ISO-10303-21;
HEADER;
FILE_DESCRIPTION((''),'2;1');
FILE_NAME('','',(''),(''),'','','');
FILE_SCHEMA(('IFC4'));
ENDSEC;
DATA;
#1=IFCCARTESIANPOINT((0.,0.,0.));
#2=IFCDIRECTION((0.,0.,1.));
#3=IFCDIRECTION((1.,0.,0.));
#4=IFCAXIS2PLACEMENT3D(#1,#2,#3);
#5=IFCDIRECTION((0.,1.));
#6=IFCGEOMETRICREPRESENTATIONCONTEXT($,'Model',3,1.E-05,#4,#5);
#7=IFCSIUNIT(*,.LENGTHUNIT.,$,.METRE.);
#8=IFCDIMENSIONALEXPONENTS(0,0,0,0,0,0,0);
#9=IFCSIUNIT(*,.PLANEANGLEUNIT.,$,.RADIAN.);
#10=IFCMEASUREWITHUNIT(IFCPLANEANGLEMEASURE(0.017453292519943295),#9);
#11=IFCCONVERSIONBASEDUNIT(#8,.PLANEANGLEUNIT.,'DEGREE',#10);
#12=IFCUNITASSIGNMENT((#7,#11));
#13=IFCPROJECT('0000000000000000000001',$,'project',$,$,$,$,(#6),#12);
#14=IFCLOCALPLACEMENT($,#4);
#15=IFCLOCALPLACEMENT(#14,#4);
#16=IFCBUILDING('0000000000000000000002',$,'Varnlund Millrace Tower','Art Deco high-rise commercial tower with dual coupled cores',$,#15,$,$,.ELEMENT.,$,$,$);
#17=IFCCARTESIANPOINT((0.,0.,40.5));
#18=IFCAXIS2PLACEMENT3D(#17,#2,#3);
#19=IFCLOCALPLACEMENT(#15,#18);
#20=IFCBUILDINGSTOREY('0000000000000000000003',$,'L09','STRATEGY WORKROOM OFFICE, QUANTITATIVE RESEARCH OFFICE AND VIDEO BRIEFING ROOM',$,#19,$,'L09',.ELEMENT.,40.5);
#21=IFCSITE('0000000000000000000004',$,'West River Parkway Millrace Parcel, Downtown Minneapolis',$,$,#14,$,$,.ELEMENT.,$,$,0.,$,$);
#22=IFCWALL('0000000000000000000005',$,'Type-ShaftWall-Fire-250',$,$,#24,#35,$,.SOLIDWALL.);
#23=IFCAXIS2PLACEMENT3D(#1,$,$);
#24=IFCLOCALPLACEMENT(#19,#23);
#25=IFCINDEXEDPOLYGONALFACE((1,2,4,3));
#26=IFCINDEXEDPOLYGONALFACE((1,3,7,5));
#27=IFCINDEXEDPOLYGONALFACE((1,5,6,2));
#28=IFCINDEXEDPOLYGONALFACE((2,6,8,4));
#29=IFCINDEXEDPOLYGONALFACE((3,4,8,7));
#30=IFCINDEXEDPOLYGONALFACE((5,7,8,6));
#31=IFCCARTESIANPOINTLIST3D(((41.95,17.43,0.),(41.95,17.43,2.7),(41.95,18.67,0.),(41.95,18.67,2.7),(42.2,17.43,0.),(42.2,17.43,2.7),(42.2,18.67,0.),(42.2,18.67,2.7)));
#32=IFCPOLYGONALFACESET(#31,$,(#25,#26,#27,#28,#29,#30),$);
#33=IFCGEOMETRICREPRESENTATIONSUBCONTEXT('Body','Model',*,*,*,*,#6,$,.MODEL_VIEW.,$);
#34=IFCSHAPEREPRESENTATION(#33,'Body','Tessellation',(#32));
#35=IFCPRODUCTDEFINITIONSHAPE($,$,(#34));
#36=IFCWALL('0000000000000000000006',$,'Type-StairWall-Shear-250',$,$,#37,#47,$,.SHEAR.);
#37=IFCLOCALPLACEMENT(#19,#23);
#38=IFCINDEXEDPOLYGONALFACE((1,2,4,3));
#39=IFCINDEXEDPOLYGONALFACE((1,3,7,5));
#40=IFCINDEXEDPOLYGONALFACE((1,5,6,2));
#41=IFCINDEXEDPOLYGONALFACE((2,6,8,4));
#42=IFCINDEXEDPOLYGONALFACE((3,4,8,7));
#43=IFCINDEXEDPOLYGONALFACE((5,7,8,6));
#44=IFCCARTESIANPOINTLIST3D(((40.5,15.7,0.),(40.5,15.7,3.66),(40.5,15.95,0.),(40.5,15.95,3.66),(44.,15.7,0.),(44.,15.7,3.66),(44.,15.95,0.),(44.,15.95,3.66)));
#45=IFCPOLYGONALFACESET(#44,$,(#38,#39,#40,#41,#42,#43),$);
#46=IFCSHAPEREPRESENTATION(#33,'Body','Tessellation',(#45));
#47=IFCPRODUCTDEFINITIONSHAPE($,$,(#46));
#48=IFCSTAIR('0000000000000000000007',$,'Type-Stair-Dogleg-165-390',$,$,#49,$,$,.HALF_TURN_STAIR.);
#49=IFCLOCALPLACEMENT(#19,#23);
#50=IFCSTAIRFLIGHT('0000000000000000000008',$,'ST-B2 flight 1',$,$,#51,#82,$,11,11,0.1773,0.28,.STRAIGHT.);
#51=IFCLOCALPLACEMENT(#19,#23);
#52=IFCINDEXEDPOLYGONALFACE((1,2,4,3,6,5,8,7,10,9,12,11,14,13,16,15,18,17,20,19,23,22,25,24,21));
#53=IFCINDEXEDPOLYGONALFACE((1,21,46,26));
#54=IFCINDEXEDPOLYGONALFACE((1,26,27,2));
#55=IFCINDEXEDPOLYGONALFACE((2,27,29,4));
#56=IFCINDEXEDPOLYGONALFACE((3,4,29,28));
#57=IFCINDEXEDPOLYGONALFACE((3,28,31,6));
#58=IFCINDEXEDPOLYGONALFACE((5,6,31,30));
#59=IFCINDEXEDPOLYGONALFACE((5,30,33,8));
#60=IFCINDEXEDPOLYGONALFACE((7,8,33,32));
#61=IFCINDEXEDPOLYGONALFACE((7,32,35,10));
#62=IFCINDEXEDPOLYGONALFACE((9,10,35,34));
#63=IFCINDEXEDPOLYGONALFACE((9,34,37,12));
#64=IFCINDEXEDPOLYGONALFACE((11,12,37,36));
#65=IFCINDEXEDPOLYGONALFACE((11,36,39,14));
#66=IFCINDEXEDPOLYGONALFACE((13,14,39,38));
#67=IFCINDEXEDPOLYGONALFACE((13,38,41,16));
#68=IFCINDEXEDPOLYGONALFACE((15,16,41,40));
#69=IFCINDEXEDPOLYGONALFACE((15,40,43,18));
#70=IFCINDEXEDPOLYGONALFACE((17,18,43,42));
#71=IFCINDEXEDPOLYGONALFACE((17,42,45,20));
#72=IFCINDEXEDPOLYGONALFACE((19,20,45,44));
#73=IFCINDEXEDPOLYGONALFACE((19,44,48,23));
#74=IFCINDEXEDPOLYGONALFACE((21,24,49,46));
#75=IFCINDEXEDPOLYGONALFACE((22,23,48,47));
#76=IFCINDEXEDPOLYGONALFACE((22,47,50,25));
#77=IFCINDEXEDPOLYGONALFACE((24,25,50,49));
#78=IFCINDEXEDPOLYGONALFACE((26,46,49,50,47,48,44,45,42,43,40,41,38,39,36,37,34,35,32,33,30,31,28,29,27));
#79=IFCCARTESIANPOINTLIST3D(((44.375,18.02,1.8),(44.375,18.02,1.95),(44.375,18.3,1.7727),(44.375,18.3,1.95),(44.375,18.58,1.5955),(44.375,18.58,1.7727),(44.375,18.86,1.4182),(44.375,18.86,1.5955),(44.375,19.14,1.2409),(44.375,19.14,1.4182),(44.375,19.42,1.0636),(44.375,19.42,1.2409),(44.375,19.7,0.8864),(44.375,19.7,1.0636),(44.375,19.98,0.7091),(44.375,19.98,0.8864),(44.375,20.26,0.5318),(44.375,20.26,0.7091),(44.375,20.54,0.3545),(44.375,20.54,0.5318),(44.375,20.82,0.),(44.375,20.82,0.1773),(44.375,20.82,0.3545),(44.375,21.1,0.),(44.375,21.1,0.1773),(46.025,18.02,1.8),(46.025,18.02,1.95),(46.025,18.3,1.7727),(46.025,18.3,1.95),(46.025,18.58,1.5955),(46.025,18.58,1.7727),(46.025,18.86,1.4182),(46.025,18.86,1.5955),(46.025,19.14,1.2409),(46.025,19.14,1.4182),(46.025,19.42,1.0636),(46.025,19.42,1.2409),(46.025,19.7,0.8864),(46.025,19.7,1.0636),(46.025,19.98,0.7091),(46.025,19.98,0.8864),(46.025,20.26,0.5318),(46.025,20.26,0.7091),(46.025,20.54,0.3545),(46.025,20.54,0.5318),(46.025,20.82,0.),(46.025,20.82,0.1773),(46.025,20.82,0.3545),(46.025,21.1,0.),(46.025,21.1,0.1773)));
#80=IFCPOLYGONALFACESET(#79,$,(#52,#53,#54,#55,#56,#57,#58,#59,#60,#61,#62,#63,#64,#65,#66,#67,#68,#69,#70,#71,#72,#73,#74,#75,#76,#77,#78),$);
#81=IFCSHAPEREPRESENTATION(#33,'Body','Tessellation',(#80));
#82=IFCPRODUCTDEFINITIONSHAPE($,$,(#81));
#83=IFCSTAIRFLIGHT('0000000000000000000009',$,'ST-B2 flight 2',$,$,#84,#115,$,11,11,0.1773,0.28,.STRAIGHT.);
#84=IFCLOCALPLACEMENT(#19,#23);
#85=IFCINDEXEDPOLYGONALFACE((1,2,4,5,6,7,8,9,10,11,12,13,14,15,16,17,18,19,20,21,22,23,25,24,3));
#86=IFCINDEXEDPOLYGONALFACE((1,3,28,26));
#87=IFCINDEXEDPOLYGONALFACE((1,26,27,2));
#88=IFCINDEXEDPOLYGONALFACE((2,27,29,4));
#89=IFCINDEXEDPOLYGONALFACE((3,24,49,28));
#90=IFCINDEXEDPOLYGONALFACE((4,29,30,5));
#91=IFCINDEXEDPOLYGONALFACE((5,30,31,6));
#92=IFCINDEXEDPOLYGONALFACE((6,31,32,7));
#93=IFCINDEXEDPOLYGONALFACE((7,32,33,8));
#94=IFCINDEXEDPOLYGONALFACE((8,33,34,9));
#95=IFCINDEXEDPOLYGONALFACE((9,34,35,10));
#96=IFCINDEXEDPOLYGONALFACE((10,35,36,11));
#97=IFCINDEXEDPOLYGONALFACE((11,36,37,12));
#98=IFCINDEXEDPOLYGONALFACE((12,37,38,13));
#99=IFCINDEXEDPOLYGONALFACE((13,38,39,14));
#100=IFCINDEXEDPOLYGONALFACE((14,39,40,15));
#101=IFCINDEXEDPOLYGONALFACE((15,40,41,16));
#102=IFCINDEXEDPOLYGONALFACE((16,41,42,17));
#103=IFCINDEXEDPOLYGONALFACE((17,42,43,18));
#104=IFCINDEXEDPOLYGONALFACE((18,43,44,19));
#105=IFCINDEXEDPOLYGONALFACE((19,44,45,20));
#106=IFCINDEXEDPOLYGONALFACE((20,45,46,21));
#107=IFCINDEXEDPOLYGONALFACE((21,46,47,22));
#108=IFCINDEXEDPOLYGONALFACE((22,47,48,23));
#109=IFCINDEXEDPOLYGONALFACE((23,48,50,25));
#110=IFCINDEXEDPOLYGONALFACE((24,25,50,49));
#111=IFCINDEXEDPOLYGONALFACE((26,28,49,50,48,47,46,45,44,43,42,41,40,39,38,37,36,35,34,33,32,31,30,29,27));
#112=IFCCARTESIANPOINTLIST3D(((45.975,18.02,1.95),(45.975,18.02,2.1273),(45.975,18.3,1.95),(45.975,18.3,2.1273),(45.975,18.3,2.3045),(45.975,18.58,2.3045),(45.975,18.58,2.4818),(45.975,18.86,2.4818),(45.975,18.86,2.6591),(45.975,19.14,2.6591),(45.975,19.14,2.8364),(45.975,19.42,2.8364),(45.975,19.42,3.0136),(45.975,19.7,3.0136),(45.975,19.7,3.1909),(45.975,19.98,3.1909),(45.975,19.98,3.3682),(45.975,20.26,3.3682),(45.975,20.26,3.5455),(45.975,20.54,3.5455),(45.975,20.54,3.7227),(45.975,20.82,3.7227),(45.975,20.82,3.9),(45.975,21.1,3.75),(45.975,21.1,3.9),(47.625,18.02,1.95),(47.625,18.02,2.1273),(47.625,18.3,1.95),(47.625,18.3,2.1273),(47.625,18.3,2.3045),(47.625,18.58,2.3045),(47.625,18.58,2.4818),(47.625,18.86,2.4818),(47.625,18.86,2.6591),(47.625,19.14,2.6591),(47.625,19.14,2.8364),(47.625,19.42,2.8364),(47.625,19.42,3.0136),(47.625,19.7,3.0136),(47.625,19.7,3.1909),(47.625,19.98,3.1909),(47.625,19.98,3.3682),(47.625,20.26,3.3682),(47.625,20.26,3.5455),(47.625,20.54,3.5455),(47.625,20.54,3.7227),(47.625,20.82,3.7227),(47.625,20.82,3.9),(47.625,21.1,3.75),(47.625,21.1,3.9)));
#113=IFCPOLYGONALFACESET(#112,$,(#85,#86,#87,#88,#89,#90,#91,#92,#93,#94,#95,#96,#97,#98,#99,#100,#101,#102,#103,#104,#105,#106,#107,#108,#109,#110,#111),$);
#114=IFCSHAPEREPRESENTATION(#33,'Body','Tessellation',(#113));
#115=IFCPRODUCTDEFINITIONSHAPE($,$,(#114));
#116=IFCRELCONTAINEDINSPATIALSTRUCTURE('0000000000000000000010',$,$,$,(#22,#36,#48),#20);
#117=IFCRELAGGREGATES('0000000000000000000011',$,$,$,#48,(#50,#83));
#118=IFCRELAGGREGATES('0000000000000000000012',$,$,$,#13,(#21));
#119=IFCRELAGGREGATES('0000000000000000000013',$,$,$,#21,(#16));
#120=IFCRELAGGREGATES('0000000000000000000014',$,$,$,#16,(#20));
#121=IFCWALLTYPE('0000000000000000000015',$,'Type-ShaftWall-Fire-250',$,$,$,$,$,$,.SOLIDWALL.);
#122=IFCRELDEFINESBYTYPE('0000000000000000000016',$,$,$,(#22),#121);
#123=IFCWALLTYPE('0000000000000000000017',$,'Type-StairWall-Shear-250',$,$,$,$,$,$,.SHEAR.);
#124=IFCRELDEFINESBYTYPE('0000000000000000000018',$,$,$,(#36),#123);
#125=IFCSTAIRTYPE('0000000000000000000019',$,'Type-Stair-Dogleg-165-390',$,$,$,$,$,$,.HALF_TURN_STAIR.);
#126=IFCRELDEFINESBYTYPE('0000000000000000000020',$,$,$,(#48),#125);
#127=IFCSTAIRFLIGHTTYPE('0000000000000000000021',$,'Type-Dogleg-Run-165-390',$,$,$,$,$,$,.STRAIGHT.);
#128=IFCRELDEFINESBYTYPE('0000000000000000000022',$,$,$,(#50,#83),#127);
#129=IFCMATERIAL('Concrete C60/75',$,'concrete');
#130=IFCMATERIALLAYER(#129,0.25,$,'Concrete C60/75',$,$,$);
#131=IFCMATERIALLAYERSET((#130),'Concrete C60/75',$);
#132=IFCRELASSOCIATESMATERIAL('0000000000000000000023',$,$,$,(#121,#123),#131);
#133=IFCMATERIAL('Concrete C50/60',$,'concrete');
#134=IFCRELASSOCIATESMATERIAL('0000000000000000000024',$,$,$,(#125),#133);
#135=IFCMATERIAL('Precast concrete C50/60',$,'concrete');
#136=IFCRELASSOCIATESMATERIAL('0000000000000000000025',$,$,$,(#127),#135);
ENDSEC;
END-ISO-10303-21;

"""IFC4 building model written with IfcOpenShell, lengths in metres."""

from ifc_helpers import new_model, entity, si_unit, converted_unit, direction, frame, origin_with_axes, place, context, subcontext, project, spatial, polyline, outline, extrude, material, layer, layer_set, type_object, element, aggregate, save


model = new_model("IFC4")

# Units and contexts
model_context = context("Model", 3, precision=1e-05, world=origin_with_axes(), true_north=direction((0.0, 1.0)))
body_context = subcontext(model_context, "Body", "Model", "MODEL_VIEW")
ifc_project = project(units=[si_unit("LENGTHUNIT", "METRE"), converted_unit("PLANEANGLEUNIT", "DEGREE", entity("IfcPlaneAngleMeasure", 0.017453292519943295), si_unit("PLANEANGLEUNIT", "RADIAN"), dimensions=[0, 0, 0, 0, 0, 0, 0])], contexts=[model_context])

# Site, building, storey
site_placement = place(None, origin_with_axes())
site = spatial("IfcSite", under=ifc_project, at=site_placement, Name="West River Parkway Millrace Parcel, Downtown Minneapolis", CompositionType="ELEMENT", RefElevation=0.0)
building_placement = place(site_placement, origin_with_axes())
building = spatial("IfcBuilding", under=site, at=building_placement, Name="Varnlund Millrace Tower", Description="Art Deco high-rise commercial tower with dual coupled cores", CompositionType="ELEMENT")
storey_placement = place(building_placement, frame((0.0, 0.0, 40.5), z_axis=(0.0, 0.0, 1.0), x_axis=(1.0, 0.0, 0.0)))
storey = spatial("IfcBuildingStorey", under=building, at=storey_placement, Name="L09", Description="STRATEGY WORKROOM OFFICE, QUANTITATIVE RESEARCH OFFICE AND VIDEO BRIEFING ROOM", LongName="L09", CompositionType="ELEMENT", Elevation=40.5)

# Shared definitions
ifc_material_1 = material(Name="Precast concrete C50/60", Category="concrete")

# Shared definitions
ifc_material_2 = material(Name="Concrete C60/75", Category="concrete")
ifc_layer_1 = layer(ifc_material_2, 0.25, Name="Concrete C60/75")
ifc_layer_set_1 = layer_set([ifc_layer_1], Name="Concrete C60/75")
wall_type_1 = type_object("IfcWallType", Name="Type-ShaftWall-Fire-250", PredefinedType="SOLIDWALL", material=ifc_layer_set_1)

# Walls
wall_1_placement = place(storey_placement, frame((42.075, 17.43, 0.0), z_axis=(0.0, 0.0, 1.0), x_axis=(0.0, 1.0, 0.0)))
element("IfcWall", 1, at=wall_1_placement, inside=storey, type_object=wall_type_1, Name="Type-ShaftWall-Fire-250", PredefinedType="SOLIDWALL", context=body_context, shape_type="SweptSolid", body=[
    extrude(outline(polyline([(0.0, -0.125), (1.24, -0.125), (1.24, 0.125), (0.0, 0.125), (0.0, -0.125)])), origin_with_axes(), (0.0, 0.0, 1.0), 2.7),
])
wall_type_2 = type_object("IfcWallType", Name="Type-StairWall-Shear-250", PredefinedType="SHEAR", material=ifc_layer_set_1)
wall_2_placement = place(storey_placement, frame((40.5, 15.825, 0.0), z_axis=(0.0, 0.0, 1.0), x_axis=(1.0, 0.0, 0.0)))
element("IfcWall", 2, at=wall_2_placement, inside=storey, type_object=wall_type_2, Name="Type-StairWall-Shear-250", PredefinedType="SHEAR", context=body_context, shape_type="SweptSolid", body=[
    extrude(outline(polyline([(0.0, -0.125), (3.5, -0.125), (3.5, 0.125), (0.0, 0.125), (0.0, -0.125)])), origin_with_axes(), (0.0, 0.0, 1.0), 3.66),
])

# Stair, stair flights
ifc_material_3 = material(Name="Concrete C50/60", Category="concrete")
stair_type = type_object("IfcStairType", Name="Type-Stair-Dogleg-165-390", PredefinedType="HALF_TURN_STAIR", material=ifc_material_3)
stair_placement = place(storey_placement, origin_with_axes())
stair = element("IfcStair", 3, at=stair_placement, inside=storey, type_object=stair_type, Name="Type-Stair-Dogleg-165-390", PredefinedType="HALF_TURN_STAIR")
stair_flight_type = type_object("IfcStairFlightType", Name="Type-Dogleg-Run-165-390", PredefinedType="STRAIGHT", material=ifc_material_1)
stair_flight_1_placement = place(storey_placement, frame((46.025, 21.1, 0.0), z_axis=(-1.0, 0.0, 0.0), x_axis=(0.0, -1.0, 0.0)))
stair_flight_1 = element("IfcStairFlight", 4, at=stair_flight_1_placement, type_object=stair_flight_type, Name="ST-B2 flight 1", NumberOfRisers=11, NumberOfTreads=11, PredefinedType="STRAIGHT", RiserHeight=0.1773, TreadLength=0.28, context=body_context, shape_type="SweptSolid", body=[
    extrude(outline(polyline([(0.0, 0.0), (0.0, 0.1773), (0.28, 0.1773), (0.28, 0.3545), (0.56, 0.3545), (0.56, 0.5318), (0.84, 0.5318), (0.84, 0.7091), (1.12, 0.7091), (1.12, 0.8864), (1.4, 0.8864), (1.4, 1.0636), (1.68, 1.0636), (1.68, 1.2409), (1.96, 1.2409), (1.96, 1.4182), (2.24, 1.4182), (2.24, 1.5955), (2.52, 1.5955), (2.52, 1.7727), (2.8, 1.7727), (2.8, 1.95), (3.08, 1.95), (3.08, 1.8), (0.28, 0.0), (0.0, 0.0)])), origin_with_axes(), (0.0, 0.0, 1.0), 1.65),
])
stair_flight_2_placement = place(storey_placement, frame((45.975, 18.02, 1.95), z_axis=(1.0, 0.0, 0.0), x_axis=(0.0, 1.0, 0.0)))
stair_flight_2 = element("IfcStairFlight", 5, at=stair_flight_2_placement, type_object=stair_flight_type, Name="ST-B2 flight 2", NumberOfRisers=11, NumberOfTreads=11, PredefinedType="STRAIGHT", RiserHeight=0.1773, TreadLength=0.28, context=body_context, shape_type="SweptSolid", body=[
    extrude(outline(polyline([(0.0, 0.0), (0.0, 0.1773), (0.28, 0.1773), (0.28, 0.3545), (0.56, 0.3545), (0.56, 0.5318), (0.84, 0.5318), (0.84, 0.7091), (1.12, 0.7091), (1.12, 0.8864), (1.4, 0.8864), (1.4, 1.0636), (1.68, 1.0636), (1.68, 1.2409), (1.96, 1.2409), (1.96, 1.4182), (2.24, 1.4182), (2.24, 1.5955), (2.52, 1.5955), (2.52, 1.7727), (2.8, 1.7727), (2.8, 1.95), (3.08, 1.95), (3.08, 1.8), (0.28, 0.0), (0.0, 0.0)])), origin_with_axes(), (0.0, 0.0, 1.0), 1.65),
])
aggregate(stair, [stair_flight_1, stair_flight_2])

save(model, "model.ifc")
